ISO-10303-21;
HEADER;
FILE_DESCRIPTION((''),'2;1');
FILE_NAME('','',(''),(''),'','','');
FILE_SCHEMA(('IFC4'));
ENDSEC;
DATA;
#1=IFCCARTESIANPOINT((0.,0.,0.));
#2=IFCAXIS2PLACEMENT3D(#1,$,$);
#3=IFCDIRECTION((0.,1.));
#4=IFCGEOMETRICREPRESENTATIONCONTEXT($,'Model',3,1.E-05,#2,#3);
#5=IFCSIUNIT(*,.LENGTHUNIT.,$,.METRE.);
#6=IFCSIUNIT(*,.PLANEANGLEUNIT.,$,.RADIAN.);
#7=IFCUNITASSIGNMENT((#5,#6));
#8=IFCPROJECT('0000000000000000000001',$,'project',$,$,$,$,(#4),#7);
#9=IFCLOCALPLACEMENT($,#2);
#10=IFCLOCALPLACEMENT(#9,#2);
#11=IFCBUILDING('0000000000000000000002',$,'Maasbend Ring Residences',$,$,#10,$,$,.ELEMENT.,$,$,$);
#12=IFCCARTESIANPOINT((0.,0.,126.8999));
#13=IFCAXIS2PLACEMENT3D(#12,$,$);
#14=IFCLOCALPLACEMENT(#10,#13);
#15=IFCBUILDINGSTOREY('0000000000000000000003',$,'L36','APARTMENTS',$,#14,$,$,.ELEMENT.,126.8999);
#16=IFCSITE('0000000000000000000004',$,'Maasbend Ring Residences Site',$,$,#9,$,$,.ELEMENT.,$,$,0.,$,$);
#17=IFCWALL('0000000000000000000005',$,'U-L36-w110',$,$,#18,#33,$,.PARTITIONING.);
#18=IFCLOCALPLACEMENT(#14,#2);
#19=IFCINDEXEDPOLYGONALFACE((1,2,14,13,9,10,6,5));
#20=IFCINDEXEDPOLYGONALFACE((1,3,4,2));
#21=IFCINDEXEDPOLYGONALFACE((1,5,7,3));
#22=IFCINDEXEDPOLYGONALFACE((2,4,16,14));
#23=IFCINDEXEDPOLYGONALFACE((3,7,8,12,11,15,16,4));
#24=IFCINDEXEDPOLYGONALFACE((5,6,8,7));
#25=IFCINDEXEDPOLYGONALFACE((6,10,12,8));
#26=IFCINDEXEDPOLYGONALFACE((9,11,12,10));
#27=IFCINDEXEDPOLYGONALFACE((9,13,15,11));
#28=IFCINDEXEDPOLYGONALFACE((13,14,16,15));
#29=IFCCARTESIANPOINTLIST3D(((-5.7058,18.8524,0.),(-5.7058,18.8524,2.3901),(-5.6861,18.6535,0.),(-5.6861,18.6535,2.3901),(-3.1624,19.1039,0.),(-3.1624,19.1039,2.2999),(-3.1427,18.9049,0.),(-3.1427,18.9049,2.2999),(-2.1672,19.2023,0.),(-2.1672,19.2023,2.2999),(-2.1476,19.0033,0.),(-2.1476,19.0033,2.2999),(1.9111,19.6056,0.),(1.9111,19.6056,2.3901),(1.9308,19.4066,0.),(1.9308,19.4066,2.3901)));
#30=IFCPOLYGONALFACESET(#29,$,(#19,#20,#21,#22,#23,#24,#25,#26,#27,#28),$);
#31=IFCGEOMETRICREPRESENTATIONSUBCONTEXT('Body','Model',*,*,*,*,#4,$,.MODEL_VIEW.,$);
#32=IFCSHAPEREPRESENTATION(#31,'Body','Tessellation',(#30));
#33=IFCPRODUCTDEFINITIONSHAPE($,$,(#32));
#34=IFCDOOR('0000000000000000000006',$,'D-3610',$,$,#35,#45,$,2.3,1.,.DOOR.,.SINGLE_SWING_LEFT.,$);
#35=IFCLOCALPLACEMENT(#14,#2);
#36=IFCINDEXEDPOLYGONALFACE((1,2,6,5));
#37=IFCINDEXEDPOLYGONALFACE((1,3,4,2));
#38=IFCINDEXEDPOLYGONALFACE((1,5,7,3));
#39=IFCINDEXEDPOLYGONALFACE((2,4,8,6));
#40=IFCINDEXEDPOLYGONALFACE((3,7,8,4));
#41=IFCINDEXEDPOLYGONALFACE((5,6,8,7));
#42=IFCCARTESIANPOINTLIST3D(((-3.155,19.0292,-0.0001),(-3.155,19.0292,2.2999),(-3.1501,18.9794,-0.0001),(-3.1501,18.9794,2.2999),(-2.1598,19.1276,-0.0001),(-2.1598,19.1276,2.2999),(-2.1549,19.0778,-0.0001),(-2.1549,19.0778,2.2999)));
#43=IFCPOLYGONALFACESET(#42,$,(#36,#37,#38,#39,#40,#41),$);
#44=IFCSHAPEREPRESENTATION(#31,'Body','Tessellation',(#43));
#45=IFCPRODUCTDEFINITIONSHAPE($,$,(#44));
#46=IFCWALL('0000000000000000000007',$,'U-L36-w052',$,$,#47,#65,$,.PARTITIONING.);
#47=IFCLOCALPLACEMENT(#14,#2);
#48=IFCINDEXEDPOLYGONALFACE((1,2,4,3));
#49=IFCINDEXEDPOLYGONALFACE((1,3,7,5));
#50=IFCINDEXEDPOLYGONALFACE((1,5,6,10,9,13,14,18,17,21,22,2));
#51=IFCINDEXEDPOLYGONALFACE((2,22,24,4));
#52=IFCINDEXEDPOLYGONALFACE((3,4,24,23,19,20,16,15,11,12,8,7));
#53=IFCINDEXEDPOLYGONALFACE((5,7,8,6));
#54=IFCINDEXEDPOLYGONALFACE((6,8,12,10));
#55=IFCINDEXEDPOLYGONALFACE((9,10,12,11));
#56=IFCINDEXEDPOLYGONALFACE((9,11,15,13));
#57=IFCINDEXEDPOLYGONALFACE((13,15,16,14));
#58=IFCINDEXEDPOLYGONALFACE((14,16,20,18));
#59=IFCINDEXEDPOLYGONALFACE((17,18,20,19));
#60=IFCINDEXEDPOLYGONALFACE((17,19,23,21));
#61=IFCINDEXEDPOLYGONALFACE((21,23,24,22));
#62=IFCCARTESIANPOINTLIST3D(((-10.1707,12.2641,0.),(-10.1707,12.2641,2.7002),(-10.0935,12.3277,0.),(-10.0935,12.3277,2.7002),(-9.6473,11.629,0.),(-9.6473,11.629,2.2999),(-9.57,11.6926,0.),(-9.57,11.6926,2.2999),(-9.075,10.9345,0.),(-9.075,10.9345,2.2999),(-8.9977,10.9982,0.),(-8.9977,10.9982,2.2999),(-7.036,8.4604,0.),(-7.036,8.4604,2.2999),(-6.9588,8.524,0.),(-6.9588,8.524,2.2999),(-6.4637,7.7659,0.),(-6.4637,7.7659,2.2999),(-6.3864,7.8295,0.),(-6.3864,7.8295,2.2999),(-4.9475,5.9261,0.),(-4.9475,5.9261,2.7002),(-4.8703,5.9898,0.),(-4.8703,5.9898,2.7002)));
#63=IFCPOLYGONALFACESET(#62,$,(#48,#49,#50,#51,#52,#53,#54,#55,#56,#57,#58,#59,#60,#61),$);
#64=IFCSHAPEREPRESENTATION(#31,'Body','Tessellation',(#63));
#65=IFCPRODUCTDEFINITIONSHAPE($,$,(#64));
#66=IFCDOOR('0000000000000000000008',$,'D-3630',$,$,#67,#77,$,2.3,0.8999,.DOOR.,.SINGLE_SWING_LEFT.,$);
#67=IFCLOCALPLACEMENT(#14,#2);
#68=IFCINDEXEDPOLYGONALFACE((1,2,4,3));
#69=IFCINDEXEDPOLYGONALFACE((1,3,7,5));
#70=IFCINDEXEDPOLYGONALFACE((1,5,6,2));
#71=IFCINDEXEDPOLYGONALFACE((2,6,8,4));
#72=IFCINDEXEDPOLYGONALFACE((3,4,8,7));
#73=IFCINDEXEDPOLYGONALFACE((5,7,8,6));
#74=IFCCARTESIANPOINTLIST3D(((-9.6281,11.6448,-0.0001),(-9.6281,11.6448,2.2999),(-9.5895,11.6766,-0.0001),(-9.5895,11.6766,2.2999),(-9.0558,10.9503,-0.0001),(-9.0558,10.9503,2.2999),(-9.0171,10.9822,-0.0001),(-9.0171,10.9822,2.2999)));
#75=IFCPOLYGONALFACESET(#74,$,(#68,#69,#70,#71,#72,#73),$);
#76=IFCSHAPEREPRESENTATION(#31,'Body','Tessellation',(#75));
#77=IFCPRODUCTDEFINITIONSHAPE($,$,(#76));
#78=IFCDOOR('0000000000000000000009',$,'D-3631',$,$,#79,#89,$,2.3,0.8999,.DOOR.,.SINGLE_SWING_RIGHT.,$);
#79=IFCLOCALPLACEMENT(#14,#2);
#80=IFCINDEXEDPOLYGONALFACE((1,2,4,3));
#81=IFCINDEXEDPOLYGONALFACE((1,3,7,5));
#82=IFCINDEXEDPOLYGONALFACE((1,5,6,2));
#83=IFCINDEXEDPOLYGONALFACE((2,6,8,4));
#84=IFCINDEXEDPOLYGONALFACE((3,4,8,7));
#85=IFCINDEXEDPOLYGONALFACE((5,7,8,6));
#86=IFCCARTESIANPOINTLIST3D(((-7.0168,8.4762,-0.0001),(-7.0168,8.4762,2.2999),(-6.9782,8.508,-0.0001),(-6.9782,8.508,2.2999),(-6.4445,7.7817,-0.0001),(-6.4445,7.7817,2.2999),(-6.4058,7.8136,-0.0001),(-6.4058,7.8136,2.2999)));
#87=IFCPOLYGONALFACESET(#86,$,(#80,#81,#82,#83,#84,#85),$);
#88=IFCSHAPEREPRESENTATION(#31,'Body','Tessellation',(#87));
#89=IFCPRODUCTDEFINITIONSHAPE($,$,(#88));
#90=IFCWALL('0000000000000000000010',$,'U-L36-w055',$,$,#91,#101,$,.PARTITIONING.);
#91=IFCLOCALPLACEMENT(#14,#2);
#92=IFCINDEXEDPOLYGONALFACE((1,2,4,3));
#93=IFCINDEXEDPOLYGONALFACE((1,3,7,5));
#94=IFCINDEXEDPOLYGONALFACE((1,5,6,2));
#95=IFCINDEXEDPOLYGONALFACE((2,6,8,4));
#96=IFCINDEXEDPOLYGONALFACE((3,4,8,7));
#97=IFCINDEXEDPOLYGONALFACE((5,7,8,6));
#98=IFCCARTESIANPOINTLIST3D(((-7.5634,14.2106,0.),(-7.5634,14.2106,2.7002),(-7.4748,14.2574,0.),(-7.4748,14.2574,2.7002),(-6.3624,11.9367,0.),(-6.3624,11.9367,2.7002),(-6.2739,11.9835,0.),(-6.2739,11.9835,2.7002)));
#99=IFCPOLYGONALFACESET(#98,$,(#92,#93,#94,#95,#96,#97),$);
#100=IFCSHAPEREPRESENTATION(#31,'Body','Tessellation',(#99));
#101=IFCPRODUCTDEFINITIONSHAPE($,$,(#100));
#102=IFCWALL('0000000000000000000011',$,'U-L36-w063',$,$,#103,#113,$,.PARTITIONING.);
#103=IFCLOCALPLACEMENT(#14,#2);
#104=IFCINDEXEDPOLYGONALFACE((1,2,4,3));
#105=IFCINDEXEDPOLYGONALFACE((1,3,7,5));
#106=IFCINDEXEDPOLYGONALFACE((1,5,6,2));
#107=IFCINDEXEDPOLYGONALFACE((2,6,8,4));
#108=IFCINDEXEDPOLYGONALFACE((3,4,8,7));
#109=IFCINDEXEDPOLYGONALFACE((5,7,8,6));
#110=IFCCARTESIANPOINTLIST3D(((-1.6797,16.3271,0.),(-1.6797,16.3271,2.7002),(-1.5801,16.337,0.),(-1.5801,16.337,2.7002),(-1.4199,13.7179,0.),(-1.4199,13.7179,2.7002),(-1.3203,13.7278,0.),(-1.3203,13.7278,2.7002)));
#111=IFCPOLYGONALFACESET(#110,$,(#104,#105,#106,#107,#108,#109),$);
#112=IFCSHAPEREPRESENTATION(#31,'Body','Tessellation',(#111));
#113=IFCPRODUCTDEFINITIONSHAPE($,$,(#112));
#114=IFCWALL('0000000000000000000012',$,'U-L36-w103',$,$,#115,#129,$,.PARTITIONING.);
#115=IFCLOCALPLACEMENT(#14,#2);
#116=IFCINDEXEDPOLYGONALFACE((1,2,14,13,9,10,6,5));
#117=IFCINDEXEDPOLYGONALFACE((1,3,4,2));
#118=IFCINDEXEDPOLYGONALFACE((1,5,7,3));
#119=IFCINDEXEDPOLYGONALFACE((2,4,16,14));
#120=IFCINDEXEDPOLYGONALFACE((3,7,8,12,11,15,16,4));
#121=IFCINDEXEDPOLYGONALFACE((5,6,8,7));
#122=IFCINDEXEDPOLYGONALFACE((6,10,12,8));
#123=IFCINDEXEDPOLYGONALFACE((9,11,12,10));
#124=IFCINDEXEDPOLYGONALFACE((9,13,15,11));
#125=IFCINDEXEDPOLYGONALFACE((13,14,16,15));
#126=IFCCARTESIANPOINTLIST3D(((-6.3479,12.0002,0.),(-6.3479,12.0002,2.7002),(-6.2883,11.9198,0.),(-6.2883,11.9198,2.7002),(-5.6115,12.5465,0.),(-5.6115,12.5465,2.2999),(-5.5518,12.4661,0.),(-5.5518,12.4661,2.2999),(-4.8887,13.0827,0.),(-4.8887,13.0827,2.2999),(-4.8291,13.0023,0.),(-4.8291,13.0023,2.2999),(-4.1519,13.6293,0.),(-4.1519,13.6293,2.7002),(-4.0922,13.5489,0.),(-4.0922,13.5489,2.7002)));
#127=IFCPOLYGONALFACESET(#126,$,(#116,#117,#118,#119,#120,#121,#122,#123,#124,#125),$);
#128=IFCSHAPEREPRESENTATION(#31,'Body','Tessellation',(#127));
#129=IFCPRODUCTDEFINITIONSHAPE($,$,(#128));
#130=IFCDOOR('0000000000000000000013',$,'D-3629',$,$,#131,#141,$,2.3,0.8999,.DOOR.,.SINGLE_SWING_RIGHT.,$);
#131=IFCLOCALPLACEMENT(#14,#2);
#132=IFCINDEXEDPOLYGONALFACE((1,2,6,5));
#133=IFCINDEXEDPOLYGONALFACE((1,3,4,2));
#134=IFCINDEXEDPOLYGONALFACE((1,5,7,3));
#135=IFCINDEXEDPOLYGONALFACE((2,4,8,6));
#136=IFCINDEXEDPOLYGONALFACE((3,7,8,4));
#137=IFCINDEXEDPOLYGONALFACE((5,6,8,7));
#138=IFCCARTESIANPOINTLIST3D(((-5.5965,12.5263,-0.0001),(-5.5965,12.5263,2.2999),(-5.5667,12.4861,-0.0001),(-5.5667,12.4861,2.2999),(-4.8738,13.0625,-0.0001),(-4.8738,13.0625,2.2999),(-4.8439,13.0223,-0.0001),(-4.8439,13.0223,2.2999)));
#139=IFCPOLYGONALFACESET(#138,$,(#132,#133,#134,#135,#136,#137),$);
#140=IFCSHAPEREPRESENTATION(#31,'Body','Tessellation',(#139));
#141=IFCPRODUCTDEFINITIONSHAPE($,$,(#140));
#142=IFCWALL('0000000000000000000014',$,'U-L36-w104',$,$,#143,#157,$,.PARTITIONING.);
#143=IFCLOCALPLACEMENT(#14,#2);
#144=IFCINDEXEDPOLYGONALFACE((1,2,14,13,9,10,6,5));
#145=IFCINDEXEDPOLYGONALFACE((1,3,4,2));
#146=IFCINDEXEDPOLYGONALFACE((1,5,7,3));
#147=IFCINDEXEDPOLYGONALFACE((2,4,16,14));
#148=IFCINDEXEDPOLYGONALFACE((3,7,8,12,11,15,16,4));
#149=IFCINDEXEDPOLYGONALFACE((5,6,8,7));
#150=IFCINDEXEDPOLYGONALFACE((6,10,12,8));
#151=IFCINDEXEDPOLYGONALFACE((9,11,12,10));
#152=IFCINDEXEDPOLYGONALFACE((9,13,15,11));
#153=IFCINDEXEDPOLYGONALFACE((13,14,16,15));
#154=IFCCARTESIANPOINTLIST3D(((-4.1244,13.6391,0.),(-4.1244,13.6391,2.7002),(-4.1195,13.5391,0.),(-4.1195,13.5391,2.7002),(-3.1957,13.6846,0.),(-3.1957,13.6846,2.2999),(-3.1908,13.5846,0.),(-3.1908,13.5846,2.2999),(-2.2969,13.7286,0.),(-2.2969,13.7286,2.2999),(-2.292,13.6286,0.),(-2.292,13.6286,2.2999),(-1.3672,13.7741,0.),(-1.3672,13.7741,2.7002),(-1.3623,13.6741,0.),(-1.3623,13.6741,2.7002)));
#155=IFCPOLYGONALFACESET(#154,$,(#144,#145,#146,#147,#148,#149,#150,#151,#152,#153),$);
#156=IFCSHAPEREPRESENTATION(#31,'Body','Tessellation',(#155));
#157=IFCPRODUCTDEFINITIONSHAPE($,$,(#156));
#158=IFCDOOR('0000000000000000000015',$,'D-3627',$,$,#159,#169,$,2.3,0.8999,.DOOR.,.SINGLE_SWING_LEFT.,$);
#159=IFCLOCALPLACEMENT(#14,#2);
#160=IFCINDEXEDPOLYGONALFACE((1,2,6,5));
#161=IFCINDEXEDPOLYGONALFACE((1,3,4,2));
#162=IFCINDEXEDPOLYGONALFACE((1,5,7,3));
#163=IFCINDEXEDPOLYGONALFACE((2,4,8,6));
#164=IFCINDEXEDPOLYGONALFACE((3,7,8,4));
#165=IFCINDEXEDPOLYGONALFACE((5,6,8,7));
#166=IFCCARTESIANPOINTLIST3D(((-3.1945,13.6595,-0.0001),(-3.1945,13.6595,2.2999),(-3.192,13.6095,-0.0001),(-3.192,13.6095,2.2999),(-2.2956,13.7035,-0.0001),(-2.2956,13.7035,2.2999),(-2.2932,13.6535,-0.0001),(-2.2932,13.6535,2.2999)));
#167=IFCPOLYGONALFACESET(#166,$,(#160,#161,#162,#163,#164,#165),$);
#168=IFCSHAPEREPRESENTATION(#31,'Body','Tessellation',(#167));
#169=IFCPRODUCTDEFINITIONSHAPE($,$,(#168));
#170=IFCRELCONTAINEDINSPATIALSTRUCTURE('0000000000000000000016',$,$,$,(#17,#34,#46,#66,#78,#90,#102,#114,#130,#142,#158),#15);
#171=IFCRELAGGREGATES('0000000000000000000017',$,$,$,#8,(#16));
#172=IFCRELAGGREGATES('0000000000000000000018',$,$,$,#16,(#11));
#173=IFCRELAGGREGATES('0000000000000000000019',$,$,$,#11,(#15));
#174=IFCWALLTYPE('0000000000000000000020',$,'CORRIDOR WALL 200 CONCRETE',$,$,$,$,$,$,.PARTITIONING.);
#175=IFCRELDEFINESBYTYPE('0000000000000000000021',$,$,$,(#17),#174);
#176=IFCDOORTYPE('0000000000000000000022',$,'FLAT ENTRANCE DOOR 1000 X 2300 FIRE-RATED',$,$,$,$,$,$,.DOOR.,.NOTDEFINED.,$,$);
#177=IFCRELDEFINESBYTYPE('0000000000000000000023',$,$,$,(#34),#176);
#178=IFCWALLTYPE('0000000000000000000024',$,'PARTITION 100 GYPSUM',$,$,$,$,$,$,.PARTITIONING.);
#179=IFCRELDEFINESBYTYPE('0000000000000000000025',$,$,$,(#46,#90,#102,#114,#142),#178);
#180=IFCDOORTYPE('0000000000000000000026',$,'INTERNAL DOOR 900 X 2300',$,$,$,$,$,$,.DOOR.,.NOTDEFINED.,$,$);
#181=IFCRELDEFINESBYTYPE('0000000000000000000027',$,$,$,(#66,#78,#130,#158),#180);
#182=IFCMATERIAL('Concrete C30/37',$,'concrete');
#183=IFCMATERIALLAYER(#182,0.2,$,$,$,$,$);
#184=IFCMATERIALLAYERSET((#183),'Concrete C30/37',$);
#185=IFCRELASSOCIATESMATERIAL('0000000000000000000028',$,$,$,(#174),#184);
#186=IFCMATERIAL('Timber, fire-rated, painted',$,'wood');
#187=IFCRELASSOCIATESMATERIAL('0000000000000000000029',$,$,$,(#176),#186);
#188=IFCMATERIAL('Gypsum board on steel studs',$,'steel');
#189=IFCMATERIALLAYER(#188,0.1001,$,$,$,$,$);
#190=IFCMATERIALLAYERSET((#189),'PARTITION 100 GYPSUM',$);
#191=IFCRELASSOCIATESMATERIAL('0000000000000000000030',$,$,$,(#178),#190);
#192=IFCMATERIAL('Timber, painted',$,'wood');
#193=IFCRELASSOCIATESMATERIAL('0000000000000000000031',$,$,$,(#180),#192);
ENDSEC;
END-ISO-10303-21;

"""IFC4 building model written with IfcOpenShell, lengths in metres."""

from ifc_helpers import new_model, si_unit, direction, frame, frame_2d, origin, place, context, subcontext, project, spatial, rectangle, extrude, material, layer, layer_set, type_object, element, fill, save


model = new_model("IFC4")

# Units and contexts
model_context = context("Model", 3, precision=1e-05, world=origin(), true_north=direction((0.0, 1.0)))
body_context = subcontext(model_context, "Body", "Model", "MODEL_VIEW")
ifc_project = project(units=[si_unit("LENGTHUNIT", "METRE"), si_unit("PLANEANGLEUNIT", "RADIAN")], contexts=[model_context])

# Site, building, storey
site_placement = place(None, origin())
site = spatial("IfcSite", under=ifc_project, at=site_placement, Name="Maasbend Ring Residences Site", CompositionType="ELEMENT", RefElevation=0.0)
building_placement = place(site_placement, origin())
building = spatial("IfcBuilding", under=site, at=building_placement, Name="Maasbend Ring Residences", CompositionType="ELEMENT")
storey_placement = place(building_placement, frame((0.0, 0.0, 126.8999)))
storey = spatial("IfcBuildingStorey", under=building, at=storey_placement, Name="L36", Description="APARTMENTS", CompositionType="ELEMENT", Elevation=126.8999)

# Wall, opening, door
ifc_material_1 = material(Name="Concrete C30/37", Category="concrete")
ifc_layer_1 = layer(ifc_material_1, 0.2)
ifc_layer_set_1 = layer_set([ifc_layer_1], Name="Concrete C30/37")
wall_type_1 = type_object("IfcWallType", Name="CORRIDOR WALL 200 CONCRETE", PredefinedType="PARTITIONING", material=ifc_layer_set_1)
ifc_material_2 = material(Name="Timber, fire-rated, painted", Category="wood")
door_type_1 = type_object("IfcDoorType", Name="FLAT ENTRANCE DOOR 1000 X 2300 FIRE-RATED", OperationType="NOTDEFINED", PredefinedType="DOOR", material=ifc_material_2)
wall_1_placement = place(storey_placement, frame((-5.696, 18.7529, 0.0), z_axis=(0.0, 0.0, 1.0), x_axis=(0.995147, 0.098401, 0.0)))
wall_1 = element("IfcWall", 1, at=wall_1_placement, inside=storey, type_object=wall_type_1, Name="U-L36-w110", PredefinedType="PARTITIONING", context=body_context, shape_type="SweptSolid", body=[
    extrude(rectangle(XDim=7.6541, YDim=0.2, at=frame_2d((3.8271, 0.0))), origin(), (0.0, 0.0, 1.0), 2.3901),
])
opening_1_placement = place(wall_1_placement, frame((2.5559, 0.0, 0.0)))
opening_1 = element("IfcOpeningElement", 2, at=opening_1_placement, cuts=wall_1, PredefinedType="OPENING", context=body_context, shape_type="SweptSolid", body=[
    extrude(rectangle(XDim=1.0, YDim=2.3, at=frame_2d((0.5, 1.1499))), frame((0.0, 0.1099, 0.0), z_axis=(0.0, -1.0, 0.0), x_axis=(1.0, 0.0, 0.0)), (0.0, 0.0, 1.0), 0.22),
])
door_1_placement = place(opening_1_placement, origin())
door_1 = element("IfcDoor", 3, at=door_1_placement, inside=storey, type_object=door_type_1, Name="D-3610", OperationType="SINGLE_SWING_LEFT", OverallHeight=2.3, OverallWidth=1.0, PredefinedType="DOOR", context=body_context, shape_type="SweptSolid", body=[
    extrude(rectangle(XDim=1.0, YDim=2.3, at=frame_2d((0.5, 1.1499))), frame((0.0, 0.0249, 0.0), z_axis=(0.0, -1.0, 0.0), x_axis=(1.0, 0.0, 0.0)), (0.0, 0.0, 1.0), 0.05),
])
fill(opening_1, door_1)

# Wall, openings, doors
ifc_material_3 = material(Name="Gypsum board on steel studs", Category="steel")
ifc_layer_2 = layer(ifc_material_3, 0.1001)
ifc_layer_set_2 = layer_set([ifc_layer_2], Name="PARTITION 100 GYPSUM")
wall_type_2 = type_object("IfcWallType", Name="PARTITION 100 GYPSUM", PredefinedType="PARTITIONING", material=ifc_layer_set_2)
wall_2_placement = place(storey_placement, frame((-10.1321, 12.2959, 0.0), z_axis=(0.0, 0.0, 1.0), x_axis=(0.635976, -0.771709, 0.0)))
wall_2 = element("IfcWall", 4, at=wall_2_placement, inside=storey, type_object=wall_type_2, Name="U-L36-w052", PredefinedType="PARTITIONING", context=body_context, shape_type="SweptSolid", body=[
    extrude(rectangle(XDim=8.2129, YDim=0.1001, at=frame_2d((4.1064, 0.0))), origin(), (0.0, 0.0, 1.0), 2.7002),
])
opening_2_placement = place(wall_2_placement, frame((0.823, 0.0, 0.0)))
opening_2 = element("IfcOpeningElement", 5, at=opening_2_placement, cuts=wall_2, PredefinedType="OPENING", context=body_context, shape_type="SweptSolid", body=[
    extrude(rectangle(XDim=0.8999, YDim=2.3, at=frame_2d((0.45, 1.1499))), frame((0.0, 0.0601, 0.0), z_axis=(0.0, -1.0, 0.0), x_axis=(1.0, 0.0, 0.0)), (0.0, 0.0, 1.0), 0.1201),
])
opening_3_placement = place(wall_2_placement, frame((4.929, 0.0, 0.0)))
opening_3 = element("IfcOpeningElement", 6, at=opening_3_placement, cuts=wall_2, PredefinedType="OPENING", context=body_context, shape_type="SweptSolid", body=[
    extrude(rectangle(XDim=0.8999, YDim=2.3, at=frame_2d((0.45, 1.1499))), frame((0.0, 0.0601, 0.0), z_axis=(0.0, -1.0, 0.0), x_axis=(1.0, 0.0, 0.0)), (0.0, 0.0, 1.0), 0.1201),
])
ifc_material_4 = material(Name="Timber, painted", Category="wood")
door_type_2 = type_object("IfcDoorType", Name="INTERNAL DOOR 900 X 2300", OperationType="NOTDEFINED", PredefinedType="DOOR", material=ifc_material_4)
door_2_placement = place(opening_2_placement, origin())
door_2 = element("IfcDoor", 7, at=door_2_placement, inside=storey, type_object=door_type_2, Name="D-3630", OperationType="SINGLE_SWING_LEFT", OverallHeight=2.3, OverallWidth=0.8999, PredefinedType="DOOR", context=body_context, shape_type="SweptSolid", body=[
    extrude(rectangle(XDim=0.8999, YDim=2.3, at=frame_2d((0.45, 1.1499))), frame((0.0, 0.0249, 0.0), z_axis=(0.0, -1.0, 0.0), x_axis=(1.0, 0.0, 0.0)), (0.0, 0.0, 1.0), 0.05),
])
fill(opening_2, door_2)
door_3_placement = place(opening_3_placement, origin())
door_3 = element("IfcDoor", 8, at=door_3_placement, inside=storey, type_object=door_type_2, Name="D-3631", OperationType="SINGLE_SWING_RIGHT", OverallHeight=2.3, OverallWidth=0.8999, PredefinedType="DOOR", context=body_context, shape_type="SweptSolid", body=[
    extrude(rectangle(XDim=0.8999, YDim=2.3, at=frame_2d((0.45, 1.1499))), frame((0.0, 0.0249, 0.0), z_axis=(0.0, -1.0, 0.0), x_axis=(1.0, 0.0, 0.0)), (0.0, 0.0, 1.0), 0.05),
])
fill(opening_3, door_3)

# Walls
wall_3_placement = place(storey_placement, frame((-7.519, 14.2339, 0.0), z_axis=(0.0, 0.0, 1.0), x_axis=(0.467002, -0.884256, 0.0)))
element("IfcWall", 9, at=wall_3_placement, inside=storey, type_object=wall_type_2, Name="U-L36-w055", PredefinedType="PARTITIONING", context=body_context, shape_type="SweptSolid", body=[
    extrude(rectangle(XDim=2.5715, YDim=0.1001, at=frame_2d((1.2856, 0.0))), origin(), (0.0, 0.0, 1.0), 2.7002),
])
wall_4_placement = place(storey_placement, frame((-1.6299, 16.332, 0.0), z_axis=(0.0, 0.0, 1.0), x_axis=(0.09907, -0.99508, 0.0)))
element("IfcWall", 10, at=wall_4_placement, inside=storey, type_object=wall_type_2, Name="U-L36-w063", PredefinedType="PARTITIONING", context=body_context, shape_type="SweptSolid", body=[
    extrude(rectangle(XDim=2.6221, YDim=0.1001, at=frame_2d((1.311, 0.0))), origin(), (0.0, 0.0, 1.0), 2.7002),
])

# Walls, openings, doors
wall_5_placement = place(storey_placement, frame((-6.3181, 11.96, 0.0), z_axis=(0.0, 0.0, 1.0), x_axis=(0.803128, 0.595806, 0.0)))
wall_5 = element("IfcWall", 11, at=wall_5_placement, inside=storey, type_object=wall_type_2, Name="U-L36-w103", PredefinedType="PARTITIONING", context=body_context, shape_type="SweptSolid", body=[
    extrude(rectangle(XDim=2.7344, YDim=0.1001, at=frame_2d((1.3672, 0.0))), origin(), (0.0, 0.0, 1.0), 2.7002),
])
opening_4_placement = place(wall_5_placement, frame((0.917, 0.0, 0.0)))
opening_4 = element("IfcOpeningElement", 12, at=opening_4_placement, cuts=wall_5, PredefinedType="OPENING", context=body_context, shape_type="SweptSolid", body=[
    extrude(rectangle(XDim=0.8999, YDim=2.3, at=frame_2d((0.45, 1.1499))), frame((0.0, 0.0601, 0.0), z_axis=(0.0, -1.0, 0.0), x_axis=(1.0, 0.0, 0.0)), (0.0, 0.0, 1.0), 0.1201),
])
door_4_placement = place(opening_4_placement, origin())
door_4 = element("IfcDoor", 13, at=door_4_placement, inside=storey, type_object=door_type_2, Name="D-3629", OperationType="SINGLE_SWING_RIGHT", OverallHeight=2.3, OverallWidth=0.8999, PredefinedType="DOOR", context=body_context, shape_type="SweptSolid", body=[
    extrude(rectangle(XDim=0.8999, YDim=2.3, at=frame_2d((0.45, 1.1499))), frame((0.0, 0.0249, 0.0), z_axis=(0.0, -1.0, 0.0), x_axis=(1.0, 0.0, 0.0)), (0.0, 0.0, 1.0), 0.05),
])
fill(opening_4, door_4)
wall_6_placement = place(storey_placement, frame((-4.1221, 13.5891, 0.0), z_axis=(0.0, 0.0, 1.0), x_axis=(0.998803, 0.04891, 0.0)))
wall_6 = element("IfcWall", 14, at=wall_6_placement, inside=storey, type_object=wall_type_2, Name="U-L36-w104", PredefinedType="PARTITIONING", context=body_context, shape_type="SweptSolid", body=[
    extrude(rectangle(XDim=2.7605, YDim=0.1001, at=frame_2d((1.3804, 0.0))), origin(), (0.0, 0.0, 1.0), 2.7002),
])
opening_5_placement = place(wall_6_placement, frame((0.9299, 0.0, 0.0)))
opening_5 = element("IfcOpeningElement", 15, at=opening_5_placement, cuts=wall_6, PredefinedType="OPENING", context=body_context, shape_type="SweptSolid", body=[
    extrude(rectangle(XDim=0.8999, YDim=2.3, at=frame_2d((0.45, 1.1499))), frame((0.0, 0.0601, 0.0), z_axis=(0.0, -1.0, 0.0), x_axis=(1.0, 0.0, 0.0)), (0.0, 0.0, 1.0), 0.1201),
])
door_5_placement = place(opening_5_placement, origin())
door_5 = element("IfcDoor", 16, at=door_5_placement, inside=storey, type_object=door_type_2, Name="D-3627", OperationType="SINGLE_SWING_LEFT", OverallHeight=2.3, OverallWidth=0.8999, PredefinedType="DOOR", context=body_context, shape_type="SweptSolid", body=[
    extrude(rectangle(XDim=0.8999, YDim=2.3, at=frame_2d((0.45, 1.1499))), frame((0.0, 0.0249, 0.0), z_axis=(0.0, -1.0, 0.0), x_axis=(1.0, 0.0, 0.0)), (0.0, 0.0, 1.0), 0.05),
])
fill(opening_5, door_5)

save(model, "model.ifc")
